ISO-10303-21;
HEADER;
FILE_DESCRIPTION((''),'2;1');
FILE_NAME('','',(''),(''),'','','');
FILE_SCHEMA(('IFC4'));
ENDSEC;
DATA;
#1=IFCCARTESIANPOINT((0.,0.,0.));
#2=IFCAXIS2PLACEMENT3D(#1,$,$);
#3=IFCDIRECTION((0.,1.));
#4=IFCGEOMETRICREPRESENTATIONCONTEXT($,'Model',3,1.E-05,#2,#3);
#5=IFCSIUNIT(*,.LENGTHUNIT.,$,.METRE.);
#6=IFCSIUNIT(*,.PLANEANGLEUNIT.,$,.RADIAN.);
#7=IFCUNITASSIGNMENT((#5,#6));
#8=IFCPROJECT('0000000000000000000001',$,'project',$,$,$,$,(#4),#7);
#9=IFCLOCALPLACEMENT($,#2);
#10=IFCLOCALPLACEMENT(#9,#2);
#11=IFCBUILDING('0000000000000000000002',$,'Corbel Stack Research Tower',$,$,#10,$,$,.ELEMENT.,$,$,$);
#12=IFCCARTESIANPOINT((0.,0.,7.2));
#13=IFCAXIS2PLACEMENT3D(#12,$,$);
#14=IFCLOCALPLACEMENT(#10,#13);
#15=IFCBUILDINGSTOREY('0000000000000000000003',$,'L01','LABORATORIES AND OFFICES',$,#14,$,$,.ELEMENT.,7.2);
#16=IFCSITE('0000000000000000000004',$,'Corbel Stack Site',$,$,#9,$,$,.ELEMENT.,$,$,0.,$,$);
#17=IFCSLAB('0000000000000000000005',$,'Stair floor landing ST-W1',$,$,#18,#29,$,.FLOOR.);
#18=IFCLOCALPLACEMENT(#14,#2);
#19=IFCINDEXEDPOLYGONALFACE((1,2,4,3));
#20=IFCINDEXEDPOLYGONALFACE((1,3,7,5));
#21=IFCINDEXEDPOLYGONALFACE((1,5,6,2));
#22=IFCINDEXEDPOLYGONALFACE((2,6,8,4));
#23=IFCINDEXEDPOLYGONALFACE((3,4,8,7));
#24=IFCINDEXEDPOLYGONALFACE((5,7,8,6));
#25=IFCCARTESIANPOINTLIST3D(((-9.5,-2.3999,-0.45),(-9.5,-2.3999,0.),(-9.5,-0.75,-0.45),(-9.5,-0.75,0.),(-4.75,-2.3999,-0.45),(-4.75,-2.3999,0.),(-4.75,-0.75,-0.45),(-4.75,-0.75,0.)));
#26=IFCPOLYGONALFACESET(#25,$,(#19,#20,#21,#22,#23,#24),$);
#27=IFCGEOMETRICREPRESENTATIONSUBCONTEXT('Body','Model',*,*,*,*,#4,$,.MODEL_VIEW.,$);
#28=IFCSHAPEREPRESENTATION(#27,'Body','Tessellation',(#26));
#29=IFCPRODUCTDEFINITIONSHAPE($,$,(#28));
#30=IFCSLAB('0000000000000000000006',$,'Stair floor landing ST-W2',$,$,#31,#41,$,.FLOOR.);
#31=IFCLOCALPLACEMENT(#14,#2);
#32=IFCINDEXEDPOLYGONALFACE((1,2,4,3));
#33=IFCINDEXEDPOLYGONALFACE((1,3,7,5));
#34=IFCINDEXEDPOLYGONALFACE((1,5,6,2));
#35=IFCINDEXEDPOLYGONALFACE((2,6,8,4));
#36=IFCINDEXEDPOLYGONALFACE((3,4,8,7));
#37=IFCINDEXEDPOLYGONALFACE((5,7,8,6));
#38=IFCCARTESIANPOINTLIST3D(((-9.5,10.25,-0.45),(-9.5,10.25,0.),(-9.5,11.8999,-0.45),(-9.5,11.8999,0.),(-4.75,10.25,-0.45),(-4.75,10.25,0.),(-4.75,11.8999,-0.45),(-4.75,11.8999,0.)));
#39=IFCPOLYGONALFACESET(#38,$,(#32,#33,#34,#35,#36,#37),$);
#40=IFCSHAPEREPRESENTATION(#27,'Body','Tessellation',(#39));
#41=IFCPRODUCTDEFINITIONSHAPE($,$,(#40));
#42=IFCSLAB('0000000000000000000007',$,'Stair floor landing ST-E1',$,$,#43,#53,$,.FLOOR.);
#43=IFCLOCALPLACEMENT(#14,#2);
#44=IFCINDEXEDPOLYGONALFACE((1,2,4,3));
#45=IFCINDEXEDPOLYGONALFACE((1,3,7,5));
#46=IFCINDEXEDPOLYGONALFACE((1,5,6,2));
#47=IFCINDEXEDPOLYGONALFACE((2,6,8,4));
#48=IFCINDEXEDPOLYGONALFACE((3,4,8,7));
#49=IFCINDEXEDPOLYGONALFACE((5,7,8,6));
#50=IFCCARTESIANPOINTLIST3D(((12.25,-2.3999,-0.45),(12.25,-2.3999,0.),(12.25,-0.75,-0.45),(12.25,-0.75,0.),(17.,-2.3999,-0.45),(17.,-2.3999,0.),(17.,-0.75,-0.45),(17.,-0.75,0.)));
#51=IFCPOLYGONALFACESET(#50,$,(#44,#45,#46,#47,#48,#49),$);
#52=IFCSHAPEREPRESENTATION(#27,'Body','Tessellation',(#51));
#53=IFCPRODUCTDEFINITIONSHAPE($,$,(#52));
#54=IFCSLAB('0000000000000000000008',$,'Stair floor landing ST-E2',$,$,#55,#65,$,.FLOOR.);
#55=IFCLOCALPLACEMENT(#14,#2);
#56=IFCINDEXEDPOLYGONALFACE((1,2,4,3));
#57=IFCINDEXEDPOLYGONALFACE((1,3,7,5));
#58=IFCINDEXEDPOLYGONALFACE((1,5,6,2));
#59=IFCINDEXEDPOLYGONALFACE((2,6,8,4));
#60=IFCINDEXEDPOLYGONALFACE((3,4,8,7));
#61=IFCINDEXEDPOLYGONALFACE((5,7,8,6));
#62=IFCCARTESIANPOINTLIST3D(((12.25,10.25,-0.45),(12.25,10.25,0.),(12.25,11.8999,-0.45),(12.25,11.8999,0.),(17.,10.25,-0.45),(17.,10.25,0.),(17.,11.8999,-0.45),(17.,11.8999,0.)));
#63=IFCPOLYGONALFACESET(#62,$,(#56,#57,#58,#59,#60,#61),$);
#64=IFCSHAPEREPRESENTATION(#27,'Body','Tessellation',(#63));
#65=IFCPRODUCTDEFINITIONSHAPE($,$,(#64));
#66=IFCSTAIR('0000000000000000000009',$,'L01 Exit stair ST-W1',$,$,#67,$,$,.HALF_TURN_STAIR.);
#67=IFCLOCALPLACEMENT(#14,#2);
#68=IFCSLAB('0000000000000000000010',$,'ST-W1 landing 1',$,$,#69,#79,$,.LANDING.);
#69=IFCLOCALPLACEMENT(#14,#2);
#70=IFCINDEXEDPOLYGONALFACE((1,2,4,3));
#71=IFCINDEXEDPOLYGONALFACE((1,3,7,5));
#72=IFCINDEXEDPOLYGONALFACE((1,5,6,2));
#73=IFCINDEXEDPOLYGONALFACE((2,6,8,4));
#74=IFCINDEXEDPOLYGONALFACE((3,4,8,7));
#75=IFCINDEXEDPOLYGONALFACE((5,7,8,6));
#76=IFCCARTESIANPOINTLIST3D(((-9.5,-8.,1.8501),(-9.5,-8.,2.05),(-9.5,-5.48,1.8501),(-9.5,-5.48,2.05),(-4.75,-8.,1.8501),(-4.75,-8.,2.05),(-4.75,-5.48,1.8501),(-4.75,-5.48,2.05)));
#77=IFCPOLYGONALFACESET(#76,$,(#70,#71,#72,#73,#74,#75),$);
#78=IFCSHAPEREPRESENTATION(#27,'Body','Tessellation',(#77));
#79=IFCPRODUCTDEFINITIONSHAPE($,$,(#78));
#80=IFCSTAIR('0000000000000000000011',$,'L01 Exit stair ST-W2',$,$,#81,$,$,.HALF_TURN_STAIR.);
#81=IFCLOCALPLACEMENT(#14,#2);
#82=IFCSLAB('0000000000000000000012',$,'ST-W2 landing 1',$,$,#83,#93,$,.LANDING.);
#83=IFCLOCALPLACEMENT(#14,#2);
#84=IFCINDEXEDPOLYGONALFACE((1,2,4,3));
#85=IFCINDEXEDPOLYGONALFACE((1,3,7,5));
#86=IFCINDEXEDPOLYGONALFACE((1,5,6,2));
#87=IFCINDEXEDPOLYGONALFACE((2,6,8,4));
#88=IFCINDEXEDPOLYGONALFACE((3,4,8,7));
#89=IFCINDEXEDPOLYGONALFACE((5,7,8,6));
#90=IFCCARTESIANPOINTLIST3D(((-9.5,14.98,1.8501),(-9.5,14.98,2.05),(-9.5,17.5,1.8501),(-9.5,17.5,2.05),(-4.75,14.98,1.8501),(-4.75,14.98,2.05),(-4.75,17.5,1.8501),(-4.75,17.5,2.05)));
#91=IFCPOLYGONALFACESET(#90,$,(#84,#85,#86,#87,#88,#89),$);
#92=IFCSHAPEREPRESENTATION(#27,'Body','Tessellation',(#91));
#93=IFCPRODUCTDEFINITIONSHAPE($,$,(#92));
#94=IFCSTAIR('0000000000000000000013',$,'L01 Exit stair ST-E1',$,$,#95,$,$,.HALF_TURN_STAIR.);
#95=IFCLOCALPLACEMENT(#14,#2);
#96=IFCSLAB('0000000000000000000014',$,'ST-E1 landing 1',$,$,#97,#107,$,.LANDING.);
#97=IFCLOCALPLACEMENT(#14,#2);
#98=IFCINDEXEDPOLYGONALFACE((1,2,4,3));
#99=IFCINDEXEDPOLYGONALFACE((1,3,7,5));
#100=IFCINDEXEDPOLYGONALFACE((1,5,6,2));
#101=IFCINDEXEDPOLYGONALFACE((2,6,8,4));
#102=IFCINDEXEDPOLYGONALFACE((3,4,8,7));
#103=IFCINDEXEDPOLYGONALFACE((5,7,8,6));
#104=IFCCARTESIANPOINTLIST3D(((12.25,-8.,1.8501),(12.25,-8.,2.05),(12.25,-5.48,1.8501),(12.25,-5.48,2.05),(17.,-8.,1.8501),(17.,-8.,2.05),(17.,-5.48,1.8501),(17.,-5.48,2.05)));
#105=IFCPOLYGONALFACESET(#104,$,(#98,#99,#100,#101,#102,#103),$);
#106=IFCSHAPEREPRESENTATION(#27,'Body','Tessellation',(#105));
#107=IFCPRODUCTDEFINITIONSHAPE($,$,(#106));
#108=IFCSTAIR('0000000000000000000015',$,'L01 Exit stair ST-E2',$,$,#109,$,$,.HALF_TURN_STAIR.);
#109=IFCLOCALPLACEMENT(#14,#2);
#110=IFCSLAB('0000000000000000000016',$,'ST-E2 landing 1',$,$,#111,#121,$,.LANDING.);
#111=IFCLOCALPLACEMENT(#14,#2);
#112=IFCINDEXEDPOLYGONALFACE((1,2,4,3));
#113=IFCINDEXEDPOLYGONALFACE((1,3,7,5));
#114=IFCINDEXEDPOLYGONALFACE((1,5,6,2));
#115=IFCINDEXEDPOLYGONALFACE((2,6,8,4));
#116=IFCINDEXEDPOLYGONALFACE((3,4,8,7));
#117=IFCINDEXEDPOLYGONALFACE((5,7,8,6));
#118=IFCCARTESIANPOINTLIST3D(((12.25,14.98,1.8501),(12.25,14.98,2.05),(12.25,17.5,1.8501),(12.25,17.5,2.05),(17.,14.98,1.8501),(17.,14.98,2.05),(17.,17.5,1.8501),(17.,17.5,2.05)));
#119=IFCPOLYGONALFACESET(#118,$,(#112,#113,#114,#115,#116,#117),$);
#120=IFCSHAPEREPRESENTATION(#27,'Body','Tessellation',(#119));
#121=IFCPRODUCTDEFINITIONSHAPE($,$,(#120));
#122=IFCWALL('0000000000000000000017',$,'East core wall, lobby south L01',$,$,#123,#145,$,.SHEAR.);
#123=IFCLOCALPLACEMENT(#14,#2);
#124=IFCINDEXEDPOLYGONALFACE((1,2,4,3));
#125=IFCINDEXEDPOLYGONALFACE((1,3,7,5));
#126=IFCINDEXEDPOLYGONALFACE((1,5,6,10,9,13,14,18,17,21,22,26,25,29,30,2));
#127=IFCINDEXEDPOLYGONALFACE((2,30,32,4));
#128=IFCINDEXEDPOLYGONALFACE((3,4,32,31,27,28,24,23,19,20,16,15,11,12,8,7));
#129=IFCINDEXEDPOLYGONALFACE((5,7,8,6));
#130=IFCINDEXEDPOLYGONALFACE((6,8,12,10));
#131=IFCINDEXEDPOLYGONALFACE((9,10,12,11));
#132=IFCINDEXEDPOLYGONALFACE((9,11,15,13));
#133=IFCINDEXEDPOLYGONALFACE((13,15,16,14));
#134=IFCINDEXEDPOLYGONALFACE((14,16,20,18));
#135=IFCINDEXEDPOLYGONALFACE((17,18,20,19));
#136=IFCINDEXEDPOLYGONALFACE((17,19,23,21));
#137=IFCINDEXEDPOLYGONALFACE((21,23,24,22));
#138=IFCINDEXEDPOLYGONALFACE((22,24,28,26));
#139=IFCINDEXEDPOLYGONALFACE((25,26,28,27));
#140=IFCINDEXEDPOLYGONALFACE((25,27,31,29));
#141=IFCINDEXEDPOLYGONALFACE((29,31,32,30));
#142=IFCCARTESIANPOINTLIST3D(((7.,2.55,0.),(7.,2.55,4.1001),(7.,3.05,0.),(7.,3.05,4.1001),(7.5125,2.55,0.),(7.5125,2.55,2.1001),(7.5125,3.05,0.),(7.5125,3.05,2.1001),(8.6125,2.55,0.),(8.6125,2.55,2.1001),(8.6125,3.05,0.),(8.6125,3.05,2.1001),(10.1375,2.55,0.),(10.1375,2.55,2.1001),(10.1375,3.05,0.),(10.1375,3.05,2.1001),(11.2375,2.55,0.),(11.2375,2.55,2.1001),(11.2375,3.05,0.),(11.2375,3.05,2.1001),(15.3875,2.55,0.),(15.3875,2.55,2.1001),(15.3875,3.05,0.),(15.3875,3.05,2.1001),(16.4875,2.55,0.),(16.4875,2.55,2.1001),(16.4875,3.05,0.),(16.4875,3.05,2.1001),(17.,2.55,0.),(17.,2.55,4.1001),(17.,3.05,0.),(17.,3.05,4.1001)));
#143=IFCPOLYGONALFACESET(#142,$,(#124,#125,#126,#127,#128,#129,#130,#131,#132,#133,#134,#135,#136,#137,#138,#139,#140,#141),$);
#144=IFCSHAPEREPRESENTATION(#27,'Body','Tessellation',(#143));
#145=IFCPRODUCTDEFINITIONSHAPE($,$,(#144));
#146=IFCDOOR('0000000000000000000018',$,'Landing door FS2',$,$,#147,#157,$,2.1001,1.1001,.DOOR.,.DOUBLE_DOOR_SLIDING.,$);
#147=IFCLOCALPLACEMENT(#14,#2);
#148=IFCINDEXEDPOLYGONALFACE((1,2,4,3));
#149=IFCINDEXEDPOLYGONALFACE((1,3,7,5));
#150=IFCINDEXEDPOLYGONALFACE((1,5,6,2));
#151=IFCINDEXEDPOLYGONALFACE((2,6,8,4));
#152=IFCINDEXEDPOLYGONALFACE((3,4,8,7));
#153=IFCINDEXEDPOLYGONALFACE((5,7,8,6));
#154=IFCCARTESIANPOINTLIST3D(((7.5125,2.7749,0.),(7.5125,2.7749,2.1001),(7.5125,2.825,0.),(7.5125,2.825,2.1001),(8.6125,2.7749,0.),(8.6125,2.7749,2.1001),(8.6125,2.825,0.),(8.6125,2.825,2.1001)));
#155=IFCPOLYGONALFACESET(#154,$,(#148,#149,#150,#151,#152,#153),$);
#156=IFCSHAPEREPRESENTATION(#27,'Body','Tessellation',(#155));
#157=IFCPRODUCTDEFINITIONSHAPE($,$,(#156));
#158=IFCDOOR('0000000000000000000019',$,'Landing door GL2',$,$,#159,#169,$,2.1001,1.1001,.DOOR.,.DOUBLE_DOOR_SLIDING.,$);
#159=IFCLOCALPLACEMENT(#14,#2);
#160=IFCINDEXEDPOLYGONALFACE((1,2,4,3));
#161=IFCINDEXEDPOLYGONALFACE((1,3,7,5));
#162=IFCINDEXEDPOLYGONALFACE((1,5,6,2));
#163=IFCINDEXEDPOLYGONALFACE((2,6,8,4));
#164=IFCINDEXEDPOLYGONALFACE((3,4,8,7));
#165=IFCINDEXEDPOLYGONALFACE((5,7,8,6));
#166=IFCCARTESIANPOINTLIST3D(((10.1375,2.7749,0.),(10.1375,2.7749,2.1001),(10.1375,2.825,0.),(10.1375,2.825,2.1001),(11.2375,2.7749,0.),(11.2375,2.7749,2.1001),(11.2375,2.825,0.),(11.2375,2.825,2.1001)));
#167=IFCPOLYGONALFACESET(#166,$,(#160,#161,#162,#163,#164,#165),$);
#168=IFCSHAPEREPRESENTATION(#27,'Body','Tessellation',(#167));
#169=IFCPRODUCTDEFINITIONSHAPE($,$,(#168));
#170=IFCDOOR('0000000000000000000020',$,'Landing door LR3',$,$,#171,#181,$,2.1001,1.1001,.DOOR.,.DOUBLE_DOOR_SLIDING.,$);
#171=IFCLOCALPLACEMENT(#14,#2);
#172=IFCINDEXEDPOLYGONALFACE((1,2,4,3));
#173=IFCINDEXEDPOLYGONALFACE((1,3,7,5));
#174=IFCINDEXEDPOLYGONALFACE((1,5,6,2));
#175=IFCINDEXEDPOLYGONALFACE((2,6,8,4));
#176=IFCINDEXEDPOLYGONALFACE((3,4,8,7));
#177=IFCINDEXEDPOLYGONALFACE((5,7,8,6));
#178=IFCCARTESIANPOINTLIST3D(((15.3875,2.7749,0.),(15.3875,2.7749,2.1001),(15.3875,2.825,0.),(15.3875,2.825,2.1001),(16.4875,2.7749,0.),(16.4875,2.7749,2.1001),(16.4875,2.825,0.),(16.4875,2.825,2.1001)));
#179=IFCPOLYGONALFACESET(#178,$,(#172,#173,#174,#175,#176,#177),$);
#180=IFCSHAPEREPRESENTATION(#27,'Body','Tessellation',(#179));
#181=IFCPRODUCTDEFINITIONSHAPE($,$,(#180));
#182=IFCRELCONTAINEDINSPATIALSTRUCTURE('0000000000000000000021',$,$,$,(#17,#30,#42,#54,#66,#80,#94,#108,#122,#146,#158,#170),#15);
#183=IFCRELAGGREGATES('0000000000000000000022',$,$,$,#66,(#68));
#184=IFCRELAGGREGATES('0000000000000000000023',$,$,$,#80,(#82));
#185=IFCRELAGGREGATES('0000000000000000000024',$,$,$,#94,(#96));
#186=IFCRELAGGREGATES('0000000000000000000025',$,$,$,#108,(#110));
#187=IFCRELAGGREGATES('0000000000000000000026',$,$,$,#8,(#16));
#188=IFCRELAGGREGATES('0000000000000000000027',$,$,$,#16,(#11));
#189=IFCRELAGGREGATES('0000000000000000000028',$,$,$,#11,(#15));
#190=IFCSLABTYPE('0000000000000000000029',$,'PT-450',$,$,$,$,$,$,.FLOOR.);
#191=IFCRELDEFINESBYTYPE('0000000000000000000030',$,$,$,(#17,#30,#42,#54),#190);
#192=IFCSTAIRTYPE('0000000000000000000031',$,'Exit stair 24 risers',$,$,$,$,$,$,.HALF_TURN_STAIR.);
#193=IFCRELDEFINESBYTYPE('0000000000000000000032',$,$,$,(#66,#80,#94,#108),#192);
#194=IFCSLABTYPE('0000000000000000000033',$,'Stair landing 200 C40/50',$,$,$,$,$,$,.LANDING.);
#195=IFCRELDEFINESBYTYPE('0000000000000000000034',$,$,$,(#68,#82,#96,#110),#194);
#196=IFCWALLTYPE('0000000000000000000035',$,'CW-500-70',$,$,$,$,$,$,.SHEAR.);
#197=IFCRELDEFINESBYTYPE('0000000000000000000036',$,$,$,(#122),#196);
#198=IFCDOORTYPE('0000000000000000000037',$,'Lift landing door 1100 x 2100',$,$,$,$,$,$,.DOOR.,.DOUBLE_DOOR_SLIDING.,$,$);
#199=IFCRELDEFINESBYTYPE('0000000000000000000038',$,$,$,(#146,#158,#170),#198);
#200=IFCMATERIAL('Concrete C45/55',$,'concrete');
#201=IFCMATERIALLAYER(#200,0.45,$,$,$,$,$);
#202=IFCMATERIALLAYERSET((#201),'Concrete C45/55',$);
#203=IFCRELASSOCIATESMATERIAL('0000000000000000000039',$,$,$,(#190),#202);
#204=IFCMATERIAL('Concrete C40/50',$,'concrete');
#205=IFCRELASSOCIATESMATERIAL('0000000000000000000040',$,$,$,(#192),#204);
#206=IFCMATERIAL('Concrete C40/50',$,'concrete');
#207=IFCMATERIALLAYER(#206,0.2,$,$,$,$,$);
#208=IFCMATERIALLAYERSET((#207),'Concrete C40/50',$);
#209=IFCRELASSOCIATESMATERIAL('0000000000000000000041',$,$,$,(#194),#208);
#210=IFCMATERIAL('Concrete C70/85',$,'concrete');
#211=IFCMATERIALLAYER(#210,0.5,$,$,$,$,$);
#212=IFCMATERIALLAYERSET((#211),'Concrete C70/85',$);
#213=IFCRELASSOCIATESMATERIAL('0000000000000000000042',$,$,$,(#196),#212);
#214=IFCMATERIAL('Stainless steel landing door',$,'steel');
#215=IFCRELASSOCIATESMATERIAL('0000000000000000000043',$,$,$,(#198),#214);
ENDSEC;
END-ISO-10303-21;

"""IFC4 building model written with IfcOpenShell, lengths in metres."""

from ifc_helpers import new_model, si_unit, direction, frame, frame_2d, origin, place, context, subcontext, project, spatial, polyline, rectangle, outline, extrude, material, layer, layer_set, type_object, element, fill, aggregate, save


model = new_model("IFC4")

# Units and contexts
model_context = context("Model", 3, precision=1e-05, world=origin(), true_north=direction((0.0, 1.0)))
body_context = subcontext(model_context, "Body", "Model", "MODEL_VIEW")
ifc_project = project(units=[si_unit("LENGTHUNIT", "METRE"), si_unit("PLANEANGLEUNIT", "RADIAN")], contexts=[model_context])

# Site, building, storey
site_placement = place(None, origin())
site = spatial("IfcSite", under=ifc_project, at=site_placement, Name="Corbel Stack Site", CompositionType="ELEMENT", RefElevation=0.0)
building_placement = place(site_placement, origin())
building = spatial("IfcBuilding", under=site, at=building_placement, Name="Corbel Stack Research Tower", CompositionType="ELEMENT")
storey_placement = place(building_placement, frame((0.0, 0.0, 7.2)))
storey = spatial("IfcBuildingStorey", under=building, at=storey_placement, Name="L01", Description="LABORATORIES AND OFFICES", CompositionType="ELEMENT", Elevation=7.2)

# Slabs
ifc_material_1 = material(Name="Concrete C45/55", Category="concrete")
ifc_layer_1 = layer(ifc_material_1, 0.45)
ifc_layer_set_1 = layer_set([ifc_layer_1], Name="Concrete C45/55")
slab_type_1 = type_object("IfcSlabType", Name="PT-450", PredefinedType="FLOOR", material=ifc_layer_set_1)
slab_1_placement = place(storey_placement, frame((0.0, 0.0, -0.45)))
element("IfcSlab", 1, at=slab_1_placement, inside=storey, type_object=slab_type_1, Name="Stair floor landing ST-W1", PredefinedType="FLOOR", context=body_context, shape_type="SweptSolid", body=[
    extrude(outline(polyline([(-9.5, -2.3999), (-4.75, -2.3999), (-4.75, -0.75), (-9.5, -0.75), (-9.5, -2.3999)])), origin(), (0.0, 0.0, 1.0), 0.45),
])
slab_2_placement = place(storey_placement, frame((0.0, 0.0, -0.45)))
element("IfcSlab", 2, at=slab_2_placement, inside=storey, type_object=slab_type_1, Name="Stair floor landing ST-W2", PredefinedType="FLOOR", context=body_context, shape_type="SweptSolid", body=[
    extrude(outline(polyline([(-9.5, 10.25), (-4.75, 10.25), (-4.75, 11.8999), (-9.5, 11.8999), (-9.5, 10.25)])), origin(), (0.0, 0.0, 1.0), 0.45),
])
slab_3_placement = place(storey_placement, frame((0.0, 0.0, -0.45)))
element("IfcSlab", 3, at=slab_3_placement, inside=storey, type_object=slab_type_1, Name="Stair floor landing ST-E1", PredefinedType="FLOOR", context=body_context, shape_type="SweptSolid", body=[
    extrude(outline(polyline([(12.25, -2.3999), (17.0, -2.3999), (17.0, -0.75), (12.25, -0.75), (12.25, -2.3999)])), origin(), (0.0, 0.0, 1.0), 0.45),
])
slab_4_placement = place(storey_placement, frame((0.0, 0.0, -0.45)))
element("IfcSlab", 4, at=slab_4_placement, inside=storey, type_object=slab_type_1, Name="Stair floor landing ST-E2", PredefinedType="FLOOR", context=body_context, shape_type="SweptSolid", body=[
    extrude(outline(polyline([(12.25, 10.25), (17.0, 10.25), (17.0, 11.8999), (12.25, 11.8999), (12.25, 10.25)])), origin(), (0.0, 0.0, 1.0), 0.45),
])

# Stairs, slabs
ifc_material_2 = material(Name="Concrete C40/50", Category="concrete")
stair_type = type_object("IfcStairType", Name="Exit stair 24 risers", PredefinedType="HALF_TURN_STAIR", material=ifc_material_2)
stair_1_placement = place(storey_placement, origin())
stair_1 = element("IfcStair", 5, at=stair_1_placement, inside=storey, type_object=stair_type, Name="L01 Exit stair ST-W1", PredefinedType="HALF_TURN_STAIR")
ifc_material_3 = material(Name="Concrete C40/50", Category="concrete")
ifc_layer_2 = layer(ifc_material_3, 0.2)
ifc_layer_set_2 = layer_set([ifc_layer_2], Name="Concrete C40/50")
slab_type_2 = type_object("IfcSlabType", Name="Stair landing 200 C40/50", PredefinedType="LANDING", material=ifc_layer_set_2)
slab_5_placement = place(storey_placement, frame((0.0, 0.0, 1.8501)))
slab_5 = element("IfcSlab", 6, at=slab_5_placement, type_object=slab_type_2, Name="ST-W1 landing 1", PredefinedType="LANDING", context=body_context, shape_type="SweptSolid", body=[
    extrude(outline(polyline([(-9.5, -8.0), (-9.5, -5.48), (-4.75, -5.48), (-4.75, -8.0), (-9.5, -8.0)])), origin(), (0.0, 0.0, 1.0), 0.2),
])
aggregate(stair_1, [slab_5])
stair_2_placement = place(storey_placement, origin())
stair_2 = element("IfcStair", 7, at=stair_2_placement, inside=storey, type_object=stair_type, Name="L01 Exit stair ST-W2", PredefinedType="HALF_TURN_STAIR")
slab_6_placement = place(storey_placement, frame((0.0, 0.0, 1.8501)))
slab_6 = element("IfcSlab", 8, at=slab_6_placement, type_object=slab_type_2, Name="ST-W2 landing 1", PredefinedType="LANDING", context=body_context, shape_type="SweptSolid", body=[
    extrude(outline(polyline([(-9.5, 14.98), (-9.5, 17.5), (-4.75, 17.5), (-4.75, 14.98), (-9.5, 14.98)])), origin(), (0.0, 0.0, 1.0), 0.2),
])
aggregate(stair_2, [slab_6])
stair_3_placement = place(storey_placement, origin())
stair_3 = element("IfcStair", 9, at=stair_3_placement, inside=storey, type_object=stair_type, Name="L01 Exit stair ST-E1", PredefinedType="HALF_TURN_STAIR")
slab_7_placement = place(storey_placement, frame((0.0, 0.0, 1.8501)))
slab_7 = element("IfcSlab", 10, at=slab_7_placement, type_object=slab_type_2, Name="ST-E1 landing 1", PredefinedType="LANDING", context=body_context, shape_type="SweptSolid", body=[
    extrude(outline(polyline([(12.25, -8.0), (12.25, -5.48), (17.0, -5.48), (17.0, -8.0), (12.25, -8.0)])), origin(), (0.0, 0.0, 1.0), 0.2),
])
aggregate(stair_3, [slab_7])
stair_4_placement = place(storey_placement, origin())
stair_4 = element("IfcStair", 11, at=stair_4_placement, inside=storey, type_object=stair_type, Name="L01 Exit stair ST-E2", PredefinedType="HALF_TURN_STAIR")
slab_8_placement = place(storey_placement, frame((0.0, 0.0, 1.8501)))
slab_8 = element("IfcSlab", 12, at=slab_8_placement, type_object=slab_type_2, Name="ST-E2 landing 1", PredefinedType="LANDING", context=body_context, shape_type="SweptSolid", body=[
    extrude(outline(polyline([(12.25, 14.98), (12.25, 17.5), (17.0, 17.5), (17.0, 14.98), (12.25, 14.98)])), origin(), (0.0, 0.0, 1.0), 0.2),
])
aggregate(stair_4, [slab_8])

# Wall, openings, doors
ifc_material_4 = material(Name="Concrete C70/85", Category="concrete")
ifc_layer_3 = layer(ifc_material_4, 0.5)
ifc_layer_set_3 = layer_set([ifc_layer_3], Name="Concrete C70/85")
wall_type_1 = type_object("IfcWallType", Name="CW-500-70", PredefinedType="SHEAR", material=ifc_layer_set_3)
wall_1_placement = place(storey_placement, frame((7.0, 2.8, 0.0), z_axis=(0.0, 0.0, 1.0), x_axis=(1.0, 0.0, 0.0)))
wall_1 = element("IfcWall", 13, at=wall_1_placement, inside=storey, type_object=wall_type_1, Name="East core wall, lobby south L01", PredefinedType="SHEAR", context=body_context, shape_type="SweptSolid", body=[
    extrude(rectangle(XDim=10.0, YDim=0.5, at=frame_2d((5.0, 0.0))), origin(), (0.0, 0.0, 1.0), 4.1001),
])
opening_1_placement = place(wall_1_placement, frame((0.5125, 0.0, 0.0)))
opening_1 = element("IfcOpeningElement", 14, at=opening_1_placement, cuts=wall_1, PredefinedType="OPENING", context=body_context, shape_type="SweptSolid", body=[
    extrude(rectangle(XDim=1.1001, YDim=2.1001, at=frame_2d((0.55, 1.05))), frame((0.0, 0.26, 0.0), z_axis=(0.0, -1.0, 0.0), x_axis=(1.0, 0.0, 0.0)), (0.0, 0.0, 1.0), 0.52),
])
opening_2_placement = place(wall_1_placement, frame((3.1375, 0.0, 0.0)))
opening_2 = element("IfcOpeningElement", 15, at=opening_2_placement, cuts=wall_1, PredefinedType="OPENING", context=body_context, shape_type="SweptSolid", body=[
    extrude(rectangle(XDim=1.1001, YDim=2.1001, at=frame_2d((0.55, 1.05))), frame((0.0, 0.26, 0.0), z_axis=(0.0, -1.0, 0.0), x_axis=(1.0, 0.0, 0.0)), (0.0, 0.0, 1.0), 0.52),
])
opening_3_placement = place(wall_1_placement, frame((8.3875, 0.0, 0.0)))
opening_3 = element("IfcOpeningElement", 16, at=opening_3_placement, cuts=wall_1, PredefinedType="OPENING", context=body_context, shape_type="SweptSolid", body=[
    extrude(rectangle(XDim=1.1001, YDim=2.1001, at=frame_2d((0.55, 1.05))), frame((0.0, 0.26, 0.0), z_axis=(0.0, -1.0, 0.0), x_axis=(1.0, 0.0, 0.0)), (0.0, 0.0, 1.0), 0.52),
])
ifc_material_5 = material(Name="Stainless steel landing door", Category="steel")
door_type_1 = type_object("IfcDoorType", Name="Lift landing door 1100 x 2100", OperationType="DOUBLE_DOOR_SLIDING", PredefinedType="DOOR", material=ifc_material_5)
door_1_placement = place(opening_1_placement, origin())
door_1 = element("IfcDoor", 17, at=door_1_placement, inside=storey, type_object=door_type_1, Name="Landing door FS2", OperationType="DOUBLE_DOOR_SLIDING", OverallHeight=2.1001, OverallWidth=1.1001, PredefinedType="DOOR", context=body_context, shape_type="SweptSolid", body=[
    extrude(rectangle(XDim=1.1001, YDim=2.1001, at=frame_2d((0.55, 1.05))), frame((0.0, 0.0249, 0.0), z_axis=(0.0, -1.0, 0.0), x_axis=(1.0, 0.0, 0.0)), (0.0, 0.0, 1.0), 0.05),
])
fill(opening_1, door_1)
door_2_placement = place(opening_2_placement, origin())
door_2 = element("IfcDoor", 18, at=door_2_placement, inside=storey, type_object=door_type_1, Name="Landing door GL2", OperationType="DOUBLE_DOOR_SLIDING", OverallHeight=2.1001, OverallWidth=1.1001, PredefinedType="DOOR", context=body_context, shape_type="SweptSolid", body=[
    extrude(rectangle(XDim=1.1001, YDim=2.1001, at=frame_2d((0.55, 1.05))), frame((0.0, 0.0249, 0.0), z_axis=(0.0, -1.0, 0.0), x_axis=(1.0, 0.0, 0.0)), (0.0, 0.0, 1.0), 0.05),
])
fill(opening_2, door_2)
door_3_placement = place(opening_3_placement, origin())
door_3 = element("IfcDoor", 19, at=door_3_placement, inside=storey, type_object=door_type_1, Name="Landing door LR3", OperationType="DOUBLE_DOOR_SLIDING", OverallHeight=2.1001, OverallWidth=1.1001, PredefinedType="DOOR", context=body_context, shape_type="SweptSolid", body=[
    extrude(rectangle(XDim=1.1001, YDim=2.1001, at=frame_2d((0.55, 1.05))), frame((0.0, 0.0249, 0.0), z_axis=(0.0, -1.0, 0.0), x_axis=(1.0, 0.0, 0.0)), (0.0, 0.0, 1.0), 0.05),
])
fill(opening_3, door_3)

save(model, "model.ifc")
